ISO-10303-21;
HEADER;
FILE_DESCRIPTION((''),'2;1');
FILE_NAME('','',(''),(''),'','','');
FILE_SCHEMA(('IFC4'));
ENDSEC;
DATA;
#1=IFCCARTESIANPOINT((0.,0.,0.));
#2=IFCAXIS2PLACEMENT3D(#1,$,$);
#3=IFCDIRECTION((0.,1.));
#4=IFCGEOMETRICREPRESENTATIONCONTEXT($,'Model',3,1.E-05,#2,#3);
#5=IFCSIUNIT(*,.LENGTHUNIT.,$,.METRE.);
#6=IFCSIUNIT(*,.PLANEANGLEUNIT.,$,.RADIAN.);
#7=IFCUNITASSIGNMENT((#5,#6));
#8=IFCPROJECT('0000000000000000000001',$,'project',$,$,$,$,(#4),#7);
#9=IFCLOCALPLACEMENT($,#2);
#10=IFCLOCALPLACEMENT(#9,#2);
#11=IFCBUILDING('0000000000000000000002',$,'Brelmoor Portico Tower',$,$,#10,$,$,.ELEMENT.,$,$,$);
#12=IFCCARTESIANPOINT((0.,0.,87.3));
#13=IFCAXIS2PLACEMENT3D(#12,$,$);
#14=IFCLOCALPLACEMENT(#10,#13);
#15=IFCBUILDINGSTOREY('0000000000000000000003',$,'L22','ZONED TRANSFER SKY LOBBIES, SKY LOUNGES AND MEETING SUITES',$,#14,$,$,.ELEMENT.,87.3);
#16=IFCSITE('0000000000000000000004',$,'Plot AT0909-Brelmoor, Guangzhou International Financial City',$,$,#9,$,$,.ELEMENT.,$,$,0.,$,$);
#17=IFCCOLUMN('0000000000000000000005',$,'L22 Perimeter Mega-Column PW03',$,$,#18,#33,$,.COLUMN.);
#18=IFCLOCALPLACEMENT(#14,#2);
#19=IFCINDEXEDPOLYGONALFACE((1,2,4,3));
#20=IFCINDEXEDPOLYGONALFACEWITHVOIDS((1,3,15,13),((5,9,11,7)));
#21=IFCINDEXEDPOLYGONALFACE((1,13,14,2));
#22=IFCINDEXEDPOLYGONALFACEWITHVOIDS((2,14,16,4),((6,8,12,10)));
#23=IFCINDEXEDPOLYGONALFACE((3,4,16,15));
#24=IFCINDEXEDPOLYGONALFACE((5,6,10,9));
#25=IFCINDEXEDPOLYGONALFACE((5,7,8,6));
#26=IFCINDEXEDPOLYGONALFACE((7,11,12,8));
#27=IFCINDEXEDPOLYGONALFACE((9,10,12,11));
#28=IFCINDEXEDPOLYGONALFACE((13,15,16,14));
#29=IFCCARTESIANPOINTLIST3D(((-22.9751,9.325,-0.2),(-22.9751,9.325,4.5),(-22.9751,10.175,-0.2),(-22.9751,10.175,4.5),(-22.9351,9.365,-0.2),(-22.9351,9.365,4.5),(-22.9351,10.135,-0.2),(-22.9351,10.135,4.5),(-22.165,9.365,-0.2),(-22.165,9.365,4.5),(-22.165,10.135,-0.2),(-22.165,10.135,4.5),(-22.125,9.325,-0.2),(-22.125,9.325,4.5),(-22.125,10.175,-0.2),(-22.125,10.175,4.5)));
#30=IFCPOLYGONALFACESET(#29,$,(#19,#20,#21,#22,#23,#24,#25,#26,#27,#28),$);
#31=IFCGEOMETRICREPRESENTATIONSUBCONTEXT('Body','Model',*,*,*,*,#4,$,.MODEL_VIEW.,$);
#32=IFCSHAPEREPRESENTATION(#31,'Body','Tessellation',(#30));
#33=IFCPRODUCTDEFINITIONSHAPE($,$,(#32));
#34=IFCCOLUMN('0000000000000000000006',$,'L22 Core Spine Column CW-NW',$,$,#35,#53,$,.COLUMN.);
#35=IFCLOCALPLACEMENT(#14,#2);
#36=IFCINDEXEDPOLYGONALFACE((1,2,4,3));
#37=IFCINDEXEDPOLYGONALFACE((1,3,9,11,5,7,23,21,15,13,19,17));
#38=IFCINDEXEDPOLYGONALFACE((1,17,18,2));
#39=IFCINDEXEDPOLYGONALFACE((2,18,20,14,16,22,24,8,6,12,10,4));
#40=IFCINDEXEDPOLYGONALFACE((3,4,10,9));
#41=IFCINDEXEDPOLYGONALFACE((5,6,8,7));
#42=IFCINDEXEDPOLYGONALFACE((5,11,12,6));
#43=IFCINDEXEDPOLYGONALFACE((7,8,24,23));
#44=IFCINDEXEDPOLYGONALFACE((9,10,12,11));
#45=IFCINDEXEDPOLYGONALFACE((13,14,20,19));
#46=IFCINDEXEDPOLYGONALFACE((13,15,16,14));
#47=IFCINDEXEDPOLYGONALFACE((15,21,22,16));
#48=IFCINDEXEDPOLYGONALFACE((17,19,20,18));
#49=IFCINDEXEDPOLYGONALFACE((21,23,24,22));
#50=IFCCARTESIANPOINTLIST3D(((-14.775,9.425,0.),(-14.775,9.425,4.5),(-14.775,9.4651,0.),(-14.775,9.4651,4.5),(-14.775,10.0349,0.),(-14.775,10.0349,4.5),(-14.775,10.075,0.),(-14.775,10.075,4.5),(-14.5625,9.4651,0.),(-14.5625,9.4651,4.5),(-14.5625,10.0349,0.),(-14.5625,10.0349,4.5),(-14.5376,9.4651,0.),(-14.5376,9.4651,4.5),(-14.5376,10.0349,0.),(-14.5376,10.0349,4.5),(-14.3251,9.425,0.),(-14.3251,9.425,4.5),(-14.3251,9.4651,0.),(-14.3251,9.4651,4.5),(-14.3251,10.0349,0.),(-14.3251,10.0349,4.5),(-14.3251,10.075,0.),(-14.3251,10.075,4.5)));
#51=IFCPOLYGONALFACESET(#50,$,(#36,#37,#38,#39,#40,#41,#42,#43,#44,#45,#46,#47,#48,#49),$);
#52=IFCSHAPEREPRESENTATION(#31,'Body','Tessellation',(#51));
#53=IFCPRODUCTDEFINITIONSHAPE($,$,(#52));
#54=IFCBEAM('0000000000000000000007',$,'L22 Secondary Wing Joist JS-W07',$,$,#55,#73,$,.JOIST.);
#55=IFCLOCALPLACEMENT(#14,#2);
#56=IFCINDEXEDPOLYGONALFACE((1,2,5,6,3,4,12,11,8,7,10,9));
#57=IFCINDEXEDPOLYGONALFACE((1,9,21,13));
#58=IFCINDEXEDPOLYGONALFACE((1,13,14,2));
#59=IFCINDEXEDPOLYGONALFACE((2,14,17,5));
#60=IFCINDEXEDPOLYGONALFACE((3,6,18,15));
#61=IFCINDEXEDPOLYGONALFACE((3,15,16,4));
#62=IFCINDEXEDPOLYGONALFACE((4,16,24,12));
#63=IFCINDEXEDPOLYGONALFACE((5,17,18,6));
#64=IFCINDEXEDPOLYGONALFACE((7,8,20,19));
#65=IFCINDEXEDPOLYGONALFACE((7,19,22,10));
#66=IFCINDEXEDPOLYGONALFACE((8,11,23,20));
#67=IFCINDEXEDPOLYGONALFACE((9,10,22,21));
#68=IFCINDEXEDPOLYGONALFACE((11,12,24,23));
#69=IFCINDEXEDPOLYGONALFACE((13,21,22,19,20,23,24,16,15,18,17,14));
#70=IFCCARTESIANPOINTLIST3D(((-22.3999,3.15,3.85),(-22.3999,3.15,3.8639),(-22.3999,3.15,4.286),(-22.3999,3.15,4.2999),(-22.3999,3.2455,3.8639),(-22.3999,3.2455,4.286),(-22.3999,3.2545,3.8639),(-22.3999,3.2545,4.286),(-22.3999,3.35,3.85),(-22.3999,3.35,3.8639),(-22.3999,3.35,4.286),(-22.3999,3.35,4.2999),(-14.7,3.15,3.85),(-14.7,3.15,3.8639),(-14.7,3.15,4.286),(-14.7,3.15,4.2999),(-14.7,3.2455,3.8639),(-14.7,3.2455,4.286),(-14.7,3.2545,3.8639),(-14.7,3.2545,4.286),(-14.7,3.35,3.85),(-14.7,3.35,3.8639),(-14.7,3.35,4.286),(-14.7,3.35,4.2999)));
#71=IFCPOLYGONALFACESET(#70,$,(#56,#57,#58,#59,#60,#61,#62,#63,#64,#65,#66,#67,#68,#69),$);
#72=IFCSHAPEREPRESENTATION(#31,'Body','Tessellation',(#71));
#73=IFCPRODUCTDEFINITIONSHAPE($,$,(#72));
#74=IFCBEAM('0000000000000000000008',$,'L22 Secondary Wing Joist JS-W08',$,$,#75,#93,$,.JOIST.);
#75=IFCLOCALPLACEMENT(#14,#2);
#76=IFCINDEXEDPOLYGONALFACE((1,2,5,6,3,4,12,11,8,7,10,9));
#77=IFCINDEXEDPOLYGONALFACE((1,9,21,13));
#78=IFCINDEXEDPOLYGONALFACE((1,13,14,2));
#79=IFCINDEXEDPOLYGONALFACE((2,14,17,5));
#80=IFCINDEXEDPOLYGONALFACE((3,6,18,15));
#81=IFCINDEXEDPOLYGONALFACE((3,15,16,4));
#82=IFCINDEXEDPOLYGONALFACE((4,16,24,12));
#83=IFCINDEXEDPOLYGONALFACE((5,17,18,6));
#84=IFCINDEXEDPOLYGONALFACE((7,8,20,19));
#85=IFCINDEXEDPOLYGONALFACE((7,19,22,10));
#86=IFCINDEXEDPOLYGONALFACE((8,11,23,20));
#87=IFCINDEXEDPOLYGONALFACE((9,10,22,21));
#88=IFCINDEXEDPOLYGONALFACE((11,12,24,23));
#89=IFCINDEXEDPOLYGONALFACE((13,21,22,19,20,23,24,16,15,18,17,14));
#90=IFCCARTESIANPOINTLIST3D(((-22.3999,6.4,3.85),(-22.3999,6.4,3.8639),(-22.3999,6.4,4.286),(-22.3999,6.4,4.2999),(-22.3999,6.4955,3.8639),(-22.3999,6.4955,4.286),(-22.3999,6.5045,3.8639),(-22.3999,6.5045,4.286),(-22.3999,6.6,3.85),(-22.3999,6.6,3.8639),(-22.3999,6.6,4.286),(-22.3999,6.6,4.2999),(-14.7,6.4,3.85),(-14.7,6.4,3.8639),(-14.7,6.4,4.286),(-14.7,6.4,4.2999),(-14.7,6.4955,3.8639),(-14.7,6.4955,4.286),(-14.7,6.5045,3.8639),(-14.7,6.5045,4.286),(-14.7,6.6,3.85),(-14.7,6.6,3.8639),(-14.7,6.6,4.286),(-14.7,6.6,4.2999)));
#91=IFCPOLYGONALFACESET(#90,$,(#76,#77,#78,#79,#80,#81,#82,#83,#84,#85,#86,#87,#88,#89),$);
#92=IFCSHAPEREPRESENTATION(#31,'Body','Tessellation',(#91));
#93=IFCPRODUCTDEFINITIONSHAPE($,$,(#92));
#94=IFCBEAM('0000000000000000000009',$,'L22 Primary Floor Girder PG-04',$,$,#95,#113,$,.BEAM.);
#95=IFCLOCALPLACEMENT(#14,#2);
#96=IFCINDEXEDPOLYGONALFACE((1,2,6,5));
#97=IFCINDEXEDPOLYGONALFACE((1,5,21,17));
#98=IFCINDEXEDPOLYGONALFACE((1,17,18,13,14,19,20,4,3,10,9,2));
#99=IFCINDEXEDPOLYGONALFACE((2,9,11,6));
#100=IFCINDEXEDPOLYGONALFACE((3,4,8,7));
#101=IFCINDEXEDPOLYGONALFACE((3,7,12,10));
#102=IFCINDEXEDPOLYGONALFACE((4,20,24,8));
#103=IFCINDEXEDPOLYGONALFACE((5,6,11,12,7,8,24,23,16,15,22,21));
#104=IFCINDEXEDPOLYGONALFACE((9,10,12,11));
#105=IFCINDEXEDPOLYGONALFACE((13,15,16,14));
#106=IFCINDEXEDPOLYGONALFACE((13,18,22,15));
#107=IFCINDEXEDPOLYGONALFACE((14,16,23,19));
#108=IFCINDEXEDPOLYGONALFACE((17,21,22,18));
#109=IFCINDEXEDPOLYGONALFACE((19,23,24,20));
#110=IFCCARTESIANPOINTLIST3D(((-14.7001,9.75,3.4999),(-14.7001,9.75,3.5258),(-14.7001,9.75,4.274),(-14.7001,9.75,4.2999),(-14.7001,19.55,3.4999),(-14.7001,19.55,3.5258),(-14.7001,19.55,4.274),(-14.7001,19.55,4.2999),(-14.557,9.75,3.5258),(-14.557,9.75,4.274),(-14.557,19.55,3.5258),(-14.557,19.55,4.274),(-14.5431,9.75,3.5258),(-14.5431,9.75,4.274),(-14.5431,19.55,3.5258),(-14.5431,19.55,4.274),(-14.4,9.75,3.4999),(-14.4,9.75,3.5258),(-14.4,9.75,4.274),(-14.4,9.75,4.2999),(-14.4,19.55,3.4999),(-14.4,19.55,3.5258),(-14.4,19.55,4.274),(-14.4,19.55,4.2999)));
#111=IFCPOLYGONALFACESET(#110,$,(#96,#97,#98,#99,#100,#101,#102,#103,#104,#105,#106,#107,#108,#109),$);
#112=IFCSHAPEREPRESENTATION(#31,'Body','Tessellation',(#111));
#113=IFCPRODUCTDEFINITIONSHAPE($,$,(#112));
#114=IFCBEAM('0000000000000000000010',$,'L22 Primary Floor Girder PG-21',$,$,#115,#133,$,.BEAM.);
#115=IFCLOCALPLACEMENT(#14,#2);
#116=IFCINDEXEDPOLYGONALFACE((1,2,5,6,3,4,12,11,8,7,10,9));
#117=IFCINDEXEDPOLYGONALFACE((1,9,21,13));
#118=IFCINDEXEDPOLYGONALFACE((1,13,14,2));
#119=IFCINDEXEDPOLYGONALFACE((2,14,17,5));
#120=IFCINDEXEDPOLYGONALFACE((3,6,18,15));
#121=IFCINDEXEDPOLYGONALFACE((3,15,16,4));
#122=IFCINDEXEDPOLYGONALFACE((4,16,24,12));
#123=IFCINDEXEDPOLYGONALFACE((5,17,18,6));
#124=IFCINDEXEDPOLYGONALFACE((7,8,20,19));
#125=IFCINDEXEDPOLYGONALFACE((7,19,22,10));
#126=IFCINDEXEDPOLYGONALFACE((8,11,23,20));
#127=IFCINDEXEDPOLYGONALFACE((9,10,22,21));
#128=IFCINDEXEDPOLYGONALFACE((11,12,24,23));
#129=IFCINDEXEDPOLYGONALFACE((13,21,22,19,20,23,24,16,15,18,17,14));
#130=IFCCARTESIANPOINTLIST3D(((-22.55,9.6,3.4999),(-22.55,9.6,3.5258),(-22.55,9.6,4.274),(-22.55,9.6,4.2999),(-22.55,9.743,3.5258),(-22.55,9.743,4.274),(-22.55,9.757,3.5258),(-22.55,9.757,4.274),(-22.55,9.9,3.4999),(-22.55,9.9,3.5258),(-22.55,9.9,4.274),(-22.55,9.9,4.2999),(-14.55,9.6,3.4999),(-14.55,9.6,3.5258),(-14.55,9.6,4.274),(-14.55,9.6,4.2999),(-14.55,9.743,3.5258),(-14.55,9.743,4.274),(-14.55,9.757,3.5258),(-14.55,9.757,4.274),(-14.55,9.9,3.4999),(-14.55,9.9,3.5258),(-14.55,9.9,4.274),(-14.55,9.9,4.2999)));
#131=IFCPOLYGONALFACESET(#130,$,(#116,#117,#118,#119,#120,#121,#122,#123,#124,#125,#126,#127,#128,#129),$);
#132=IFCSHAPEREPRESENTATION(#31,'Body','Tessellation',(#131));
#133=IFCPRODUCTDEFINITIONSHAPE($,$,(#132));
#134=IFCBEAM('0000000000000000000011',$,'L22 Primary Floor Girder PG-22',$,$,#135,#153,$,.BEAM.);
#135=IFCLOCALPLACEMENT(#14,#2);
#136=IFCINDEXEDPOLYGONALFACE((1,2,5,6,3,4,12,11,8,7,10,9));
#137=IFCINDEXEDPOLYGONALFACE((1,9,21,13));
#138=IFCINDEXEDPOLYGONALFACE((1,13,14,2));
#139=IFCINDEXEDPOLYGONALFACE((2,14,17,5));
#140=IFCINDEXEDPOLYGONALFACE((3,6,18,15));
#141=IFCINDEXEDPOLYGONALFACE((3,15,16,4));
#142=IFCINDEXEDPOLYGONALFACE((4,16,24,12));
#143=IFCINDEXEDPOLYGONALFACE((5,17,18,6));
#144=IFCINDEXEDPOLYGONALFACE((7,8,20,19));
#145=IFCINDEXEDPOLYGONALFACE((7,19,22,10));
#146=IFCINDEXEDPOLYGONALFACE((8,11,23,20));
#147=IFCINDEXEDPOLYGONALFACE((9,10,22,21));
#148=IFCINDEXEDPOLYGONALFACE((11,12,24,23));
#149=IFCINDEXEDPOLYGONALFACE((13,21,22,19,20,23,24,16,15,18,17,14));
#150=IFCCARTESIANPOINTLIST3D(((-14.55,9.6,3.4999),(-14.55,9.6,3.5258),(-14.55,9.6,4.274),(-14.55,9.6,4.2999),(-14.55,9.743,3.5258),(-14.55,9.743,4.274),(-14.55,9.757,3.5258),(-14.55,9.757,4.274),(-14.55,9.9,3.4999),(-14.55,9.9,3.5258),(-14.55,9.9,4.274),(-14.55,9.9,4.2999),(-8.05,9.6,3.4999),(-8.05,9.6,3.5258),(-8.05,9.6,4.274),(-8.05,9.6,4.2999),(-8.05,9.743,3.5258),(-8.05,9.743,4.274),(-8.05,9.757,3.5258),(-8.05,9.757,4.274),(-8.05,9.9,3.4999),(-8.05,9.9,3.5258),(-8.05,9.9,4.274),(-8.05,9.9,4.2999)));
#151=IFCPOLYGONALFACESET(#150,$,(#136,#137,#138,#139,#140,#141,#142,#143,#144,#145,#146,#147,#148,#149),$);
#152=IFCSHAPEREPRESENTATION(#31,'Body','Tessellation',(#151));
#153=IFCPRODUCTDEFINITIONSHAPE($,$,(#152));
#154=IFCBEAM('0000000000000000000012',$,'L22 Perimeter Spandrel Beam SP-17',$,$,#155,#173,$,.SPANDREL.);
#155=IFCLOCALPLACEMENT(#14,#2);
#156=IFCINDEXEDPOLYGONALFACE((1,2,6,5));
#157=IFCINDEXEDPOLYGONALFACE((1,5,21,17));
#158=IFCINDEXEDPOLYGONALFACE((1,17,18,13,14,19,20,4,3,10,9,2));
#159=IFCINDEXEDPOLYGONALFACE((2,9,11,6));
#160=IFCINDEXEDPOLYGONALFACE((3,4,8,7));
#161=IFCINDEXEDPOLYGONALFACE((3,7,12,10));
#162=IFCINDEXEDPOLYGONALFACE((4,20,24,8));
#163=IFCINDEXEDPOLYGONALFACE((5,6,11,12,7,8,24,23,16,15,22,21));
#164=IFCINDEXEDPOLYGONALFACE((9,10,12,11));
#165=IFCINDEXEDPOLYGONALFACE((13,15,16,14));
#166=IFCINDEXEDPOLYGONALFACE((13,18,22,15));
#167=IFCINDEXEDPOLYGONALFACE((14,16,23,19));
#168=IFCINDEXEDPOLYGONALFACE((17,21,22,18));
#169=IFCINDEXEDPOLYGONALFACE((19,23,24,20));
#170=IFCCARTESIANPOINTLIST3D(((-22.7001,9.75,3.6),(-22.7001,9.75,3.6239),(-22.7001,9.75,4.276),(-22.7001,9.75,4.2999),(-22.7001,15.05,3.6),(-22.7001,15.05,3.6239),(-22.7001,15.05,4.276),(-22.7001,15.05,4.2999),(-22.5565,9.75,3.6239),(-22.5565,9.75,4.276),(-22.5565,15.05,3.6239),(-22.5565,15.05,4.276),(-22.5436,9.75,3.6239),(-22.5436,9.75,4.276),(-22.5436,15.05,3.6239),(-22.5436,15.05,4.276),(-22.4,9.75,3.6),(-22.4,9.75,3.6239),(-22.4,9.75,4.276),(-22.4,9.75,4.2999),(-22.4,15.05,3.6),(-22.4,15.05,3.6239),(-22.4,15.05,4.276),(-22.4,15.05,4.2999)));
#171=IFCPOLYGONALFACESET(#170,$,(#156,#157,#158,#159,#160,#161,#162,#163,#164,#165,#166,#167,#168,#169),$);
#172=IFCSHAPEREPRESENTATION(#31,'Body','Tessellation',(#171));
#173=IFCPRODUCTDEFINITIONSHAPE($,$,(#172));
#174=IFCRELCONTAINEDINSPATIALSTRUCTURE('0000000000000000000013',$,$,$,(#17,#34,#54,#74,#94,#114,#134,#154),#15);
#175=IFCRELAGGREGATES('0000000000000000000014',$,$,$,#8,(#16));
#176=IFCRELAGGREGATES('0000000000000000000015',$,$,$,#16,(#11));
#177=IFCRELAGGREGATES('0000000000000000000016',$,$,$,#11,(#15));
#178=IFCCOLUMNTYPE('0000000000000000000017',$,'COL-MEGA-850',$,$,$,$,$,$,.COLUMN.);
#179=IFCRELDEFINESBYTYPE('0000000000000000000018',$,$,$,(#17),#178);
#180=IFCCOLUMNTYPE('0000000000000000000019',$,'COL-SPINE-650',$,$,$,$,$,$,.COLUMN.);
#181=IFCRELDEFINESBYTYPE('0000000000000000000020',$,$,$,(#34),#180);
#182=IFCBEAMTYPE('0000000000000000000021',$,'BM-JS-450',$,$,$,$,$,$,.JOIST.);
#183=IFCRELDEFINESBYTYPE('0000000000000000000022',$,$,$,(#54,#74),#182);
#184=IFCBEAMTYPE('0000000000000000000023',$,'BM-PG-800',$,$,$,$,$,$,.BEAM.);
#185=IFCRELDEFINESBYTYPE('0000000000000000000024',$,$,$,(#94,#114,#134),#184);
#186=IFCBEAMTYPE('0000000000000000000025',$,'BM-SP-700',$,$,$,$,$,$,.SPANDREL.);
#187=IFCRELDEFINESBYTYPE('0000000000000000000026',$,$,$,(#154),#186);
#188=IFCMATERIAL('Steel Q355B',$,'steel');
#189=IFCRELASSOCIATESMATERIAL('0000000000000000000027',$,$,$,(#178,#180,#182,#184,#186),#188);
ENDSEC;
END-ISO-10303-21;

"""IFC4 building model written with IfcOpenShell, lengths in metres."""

from ifc_helpers import new_model, si_unit, direction, frame, origin, origin_2d, place, context, subcontext, project, spatial, hollow_rectangle, i_section, extrude, material, material_profile, profile_set, type_object, element, save


model = new_model("IFC4")

# Units and contexts
model_context = context("Model", 3, precision=1e-05, world=origin(), true_north=direction((0.0, 1.0)))
body_context = subcontext(model_context, "Body", "Model", "MODEL_VIEW")
ifc_project = project(units=[si_unit("LENGTHUNIT", "METRE"), si_unit("PLANEANGLEUNIT", "RADIAN")], contexts=[model_context])

# Site, building, storey
site_placement = place(None, origin())
site = spatial("IfcSite", under=ifc_project, at=site_placement, Name="Plot AT0909-Brelmoor, Guangzhou International Financial City", CompositionType="ELEMENT", RefElevation=0.0)
building_placement = place(site_placement, origin())
building = spatial("IfcBuilding", under=site, at=building_placement, Name="Brelmoor Portico Tower", CompositionType="ELEMENT")
storey_placement = place(building_placement, frame((0.0, 0.0, 87.3)))
storey = spatial("IfcBuildingStorey", under=building, at=storey_placement, Name="L22", Description="ZONED TRANSFER SKY LOBBIES, SKY LOUNGES AND MEETING SUITES", CompositionType="ELEMENT", Elevation=87.3)

# Columns
ifc_material_1 = material(Name="Steel Q355B", Category="steel")
ifc_material_profile_1 = material_profile(ifc_material_1, hollow_rectangle(XDim=0.8501, YDim=0.8501, WallThickness=0.04, at=origin_2d()), Name="BOX 850x850x40")
ifc_profile_set_1 = profile_set([ifc_material_profile_1], Name="Steel Q355B")
column_type_1 = type_object("IfcColumnType", Name="COL-MEGA-850", PredefinedType="COLUMN", material=ifc_profile_set_1)
column_1_placement = place(storey_placement, frame((-22.55, 9.75, -0.2), z_axis=(0.0, 0.0, 1.0), x_axis=(0.0, 1.0, 0.0)))
element("IfcColumn", 1, at=column_1_placement, inside=storey, type_object=column_type_1, Name="L22 Perimeter Mega-Column PW03", PredefinedType="COLUMN", context=body_context, shape_type="SweptSolid", body=[
    extrude(hollow_rectangle(XDim=0.8501, YDim=0.8501, WallThickness=0.04, at=origin_2d()), origin(), (0.0, 0.0, 1.0), 4.7),
])
ifc_material_profile_2 = material_profile(ifc_material_1, i_section(OverallWidth=0.45, OverallDepth=0.6499, WebThickness=0.0249, FlangeThickness=0.04, at=origin_2d()), Name="HW 650x450x25x40")
ifc_profile_set_2 = profile_set([ifc_material_profile_2], Name="Steel Q355B")
column_type_2 = type_object("IfcColumnType", Name="COL-SPINE-650", PredefinedType="COLUMN", material=ifc_profile_set_2)
column_2_placement = place(storey_placement, frame((-14.55, 9.75, 0.0), z_axis=(0.0, 0.0, 1.0), x_axis=(1.0, 0.0, 0.0)))
element("IfcColumn", 2, at=column_2_placement, inside=storey, type_object=column_type_2, Name="L22 Core Spine Column CW-NW", PredefinedType="COLUMN", context=body_context, shape_type="SweptSolid", body=[
    extrude(i_section(OverallWidth=0.45, OverallDepth=0.6499, WebThickness=0.0249, FlangeThickness=0.04, at=origin_2d()), origin(), (0.0, 0.0, 1.0), 4.5),
])

# Beams
ifc_material_profile_3 = material_profile(ifc_material_1, i_section(OverallWidth=0.2, OverallDepth=0.45, WebThickness=0.009, FlangeThickness=0.0139, at=origin_2d()), Name="HN 450x200x9x14")
ifc_profile_set_3 = profile_set([ifc_material_profile_3], Name="Steel Q355B")
beam_type_1 = type_object("IfcBeamType", Name="BM-JS-450", PredefinedType="JOIST", material=ifc_profile_set_3)
for number, where, z_axis, x_axis, name in (
    (3, (-22.3999, 3.25, 4.075), (1.0, 0.0, 0.0), (0.0, 1.0, 0.0), "L22 Secondary Wing Joist JS-W07"),
    (4, (-22.3999, 6.5, 4.075), (1.0, 0.0, 0.0), (0.0, 1.0, 0.0), "L22 Secondary Wing Joist JS-W08"),
):
    element("IfcBeam", number, at=place(storey_placement, frame(where, z_axis=z_axis, x_axis=x_axis)), inside=storey, type_object=beam_type_1, Name=name, PredefinedType="JOIST", context=body_context, shape_type="SweptSolid", body=[
        extrude(i_section(OverallWidth=0.2, OverallDepth=0.45, WebThickness=0.009, FlangeThickness=0.0139, at=origin_2d()), origin(), (0.0, 0.0, 1.0), 7.7),
    ])
ifc_material_profile_4 = material_profile(ifc_material_1, i_section(OverallWidth=0.3, OverallDepth=0.8, WebThickness=0.0139, FlangeThickness=0.0259, at=origin_2d()), Name="HN 800x300x14x26")
ifc_profile_set_4 = profile_set([ifc_material_profile_4], Name="Steel Q355B")
beam_type_2 = type_object("IfcBeamType", Name="BM-PG-800", PredefinedType="BEAM", material=ifc_profile_set_4)
beam_1_placement = place(storey_placement, frame((-14.55, 9.75, 3.8999), z_axis=(0.0, 1.0, 0.0), x_axis=(-1.0, 0.0, 0.0)))
element("IfcBeam", 5, at=beam_1_placement, inside=storey, type_object=beam_type_2, Name="L22 Primary Floor Girder PG-04", PredefinedType="BEAM", context=body_context, shape_type="SweptSolid", body=[
    extrude(i_section(OverallWidth=0.3, OverallDepth=0.8, WebThickness=0.0139, FlangeThickness=0.0259, at=origin_2d()), origin(), (0.0, 0.0, 1.0), 9.8),
])
beam_2_placement = place(storey_placement, frame((-22.55, 9.75, 3.8999), z_axis=(1.0, 0.0, 0.0), x_axis=(0.0, 1.0, 0.0)))
element("IfcBeam", 6, at=beam_2_placement, inside=storey, type_object=beam_type_2, Name="L22 Primary Floor Girder PG-21", PredefinedType="BEAM", context=body_context, shape_type="SweptSolid", body=[
    extrude(i_section(OverallWidth=0.3, OverallDepth=0.8, WebThickness=0.0139, FlangeThickness=0.0259, at=origin_2d()), origin(), (0.0, 0.0, 1.0), 8.0),
])
beam_3_placement = place(storey_placement, frame((-14.55, 9.75, 3.8999), z_axis=(1.0, 0.0, 0.0), x_axis=(0.0, 1.0, 0.0)))
element("IfcBeam", 7, at=beam_3_placement, inside=storey, type_object=beam_type_2, Name="L22 Primary Floor Girder PG-22", PredefinedType="BEAM", context=body_context, shape_type="SweptSolid", body=[
    extrude(i_section(OverallWidth=0.3, OverallDepth=0.8, WebThickness=0.0139, FlangeThickness=0.0259, at=origin_2d()), origin(), (0.0, 0.0, 1.0), 6.5),
])
ifc_material_profile_5 = material_profile(ifc_material_1, i_section(OverallWidth=0.3, OverallDepth=0.7, WebThickness=0.0129, FlangeThickness=0.0239, at=origin_2d()), Name="HN 700x300x13x24")
ifc_profile_set_5 = profile_set([ifc_material_profile_5], Name="Steel Q355B")
beam_type_3 = type_object("IfcBeamType", Name="BM-SP-700", PredefinedType="SPANDREL", material=ifc_profile_set_5)
beam_4_placement = place(storey_placement, frame((-22.55, 9.75, 3.95), z_axis=(0.0, 1.0, 0.0), x_axis=(-1.0, 0.0, 0.0)))
element("IfcBeam", 8, at=beam_4_placement, inside=storey, type_object=beam_type_3, Name="L22 Perimeter Spandrel Beam SP-17", PredefinedType="SPANDREL", context=body_context, shape_type="SweptSolid", body=[
    extrude(i_section(OverallWidth=0.3, OverallDepth=0.7, WebThickness=0.0129, FlangeThickness=0.0239, at=origin_2d()), origin(), (0.0, 0.0, 1.0), 5.3),
])

save(model, "model.ifc")
